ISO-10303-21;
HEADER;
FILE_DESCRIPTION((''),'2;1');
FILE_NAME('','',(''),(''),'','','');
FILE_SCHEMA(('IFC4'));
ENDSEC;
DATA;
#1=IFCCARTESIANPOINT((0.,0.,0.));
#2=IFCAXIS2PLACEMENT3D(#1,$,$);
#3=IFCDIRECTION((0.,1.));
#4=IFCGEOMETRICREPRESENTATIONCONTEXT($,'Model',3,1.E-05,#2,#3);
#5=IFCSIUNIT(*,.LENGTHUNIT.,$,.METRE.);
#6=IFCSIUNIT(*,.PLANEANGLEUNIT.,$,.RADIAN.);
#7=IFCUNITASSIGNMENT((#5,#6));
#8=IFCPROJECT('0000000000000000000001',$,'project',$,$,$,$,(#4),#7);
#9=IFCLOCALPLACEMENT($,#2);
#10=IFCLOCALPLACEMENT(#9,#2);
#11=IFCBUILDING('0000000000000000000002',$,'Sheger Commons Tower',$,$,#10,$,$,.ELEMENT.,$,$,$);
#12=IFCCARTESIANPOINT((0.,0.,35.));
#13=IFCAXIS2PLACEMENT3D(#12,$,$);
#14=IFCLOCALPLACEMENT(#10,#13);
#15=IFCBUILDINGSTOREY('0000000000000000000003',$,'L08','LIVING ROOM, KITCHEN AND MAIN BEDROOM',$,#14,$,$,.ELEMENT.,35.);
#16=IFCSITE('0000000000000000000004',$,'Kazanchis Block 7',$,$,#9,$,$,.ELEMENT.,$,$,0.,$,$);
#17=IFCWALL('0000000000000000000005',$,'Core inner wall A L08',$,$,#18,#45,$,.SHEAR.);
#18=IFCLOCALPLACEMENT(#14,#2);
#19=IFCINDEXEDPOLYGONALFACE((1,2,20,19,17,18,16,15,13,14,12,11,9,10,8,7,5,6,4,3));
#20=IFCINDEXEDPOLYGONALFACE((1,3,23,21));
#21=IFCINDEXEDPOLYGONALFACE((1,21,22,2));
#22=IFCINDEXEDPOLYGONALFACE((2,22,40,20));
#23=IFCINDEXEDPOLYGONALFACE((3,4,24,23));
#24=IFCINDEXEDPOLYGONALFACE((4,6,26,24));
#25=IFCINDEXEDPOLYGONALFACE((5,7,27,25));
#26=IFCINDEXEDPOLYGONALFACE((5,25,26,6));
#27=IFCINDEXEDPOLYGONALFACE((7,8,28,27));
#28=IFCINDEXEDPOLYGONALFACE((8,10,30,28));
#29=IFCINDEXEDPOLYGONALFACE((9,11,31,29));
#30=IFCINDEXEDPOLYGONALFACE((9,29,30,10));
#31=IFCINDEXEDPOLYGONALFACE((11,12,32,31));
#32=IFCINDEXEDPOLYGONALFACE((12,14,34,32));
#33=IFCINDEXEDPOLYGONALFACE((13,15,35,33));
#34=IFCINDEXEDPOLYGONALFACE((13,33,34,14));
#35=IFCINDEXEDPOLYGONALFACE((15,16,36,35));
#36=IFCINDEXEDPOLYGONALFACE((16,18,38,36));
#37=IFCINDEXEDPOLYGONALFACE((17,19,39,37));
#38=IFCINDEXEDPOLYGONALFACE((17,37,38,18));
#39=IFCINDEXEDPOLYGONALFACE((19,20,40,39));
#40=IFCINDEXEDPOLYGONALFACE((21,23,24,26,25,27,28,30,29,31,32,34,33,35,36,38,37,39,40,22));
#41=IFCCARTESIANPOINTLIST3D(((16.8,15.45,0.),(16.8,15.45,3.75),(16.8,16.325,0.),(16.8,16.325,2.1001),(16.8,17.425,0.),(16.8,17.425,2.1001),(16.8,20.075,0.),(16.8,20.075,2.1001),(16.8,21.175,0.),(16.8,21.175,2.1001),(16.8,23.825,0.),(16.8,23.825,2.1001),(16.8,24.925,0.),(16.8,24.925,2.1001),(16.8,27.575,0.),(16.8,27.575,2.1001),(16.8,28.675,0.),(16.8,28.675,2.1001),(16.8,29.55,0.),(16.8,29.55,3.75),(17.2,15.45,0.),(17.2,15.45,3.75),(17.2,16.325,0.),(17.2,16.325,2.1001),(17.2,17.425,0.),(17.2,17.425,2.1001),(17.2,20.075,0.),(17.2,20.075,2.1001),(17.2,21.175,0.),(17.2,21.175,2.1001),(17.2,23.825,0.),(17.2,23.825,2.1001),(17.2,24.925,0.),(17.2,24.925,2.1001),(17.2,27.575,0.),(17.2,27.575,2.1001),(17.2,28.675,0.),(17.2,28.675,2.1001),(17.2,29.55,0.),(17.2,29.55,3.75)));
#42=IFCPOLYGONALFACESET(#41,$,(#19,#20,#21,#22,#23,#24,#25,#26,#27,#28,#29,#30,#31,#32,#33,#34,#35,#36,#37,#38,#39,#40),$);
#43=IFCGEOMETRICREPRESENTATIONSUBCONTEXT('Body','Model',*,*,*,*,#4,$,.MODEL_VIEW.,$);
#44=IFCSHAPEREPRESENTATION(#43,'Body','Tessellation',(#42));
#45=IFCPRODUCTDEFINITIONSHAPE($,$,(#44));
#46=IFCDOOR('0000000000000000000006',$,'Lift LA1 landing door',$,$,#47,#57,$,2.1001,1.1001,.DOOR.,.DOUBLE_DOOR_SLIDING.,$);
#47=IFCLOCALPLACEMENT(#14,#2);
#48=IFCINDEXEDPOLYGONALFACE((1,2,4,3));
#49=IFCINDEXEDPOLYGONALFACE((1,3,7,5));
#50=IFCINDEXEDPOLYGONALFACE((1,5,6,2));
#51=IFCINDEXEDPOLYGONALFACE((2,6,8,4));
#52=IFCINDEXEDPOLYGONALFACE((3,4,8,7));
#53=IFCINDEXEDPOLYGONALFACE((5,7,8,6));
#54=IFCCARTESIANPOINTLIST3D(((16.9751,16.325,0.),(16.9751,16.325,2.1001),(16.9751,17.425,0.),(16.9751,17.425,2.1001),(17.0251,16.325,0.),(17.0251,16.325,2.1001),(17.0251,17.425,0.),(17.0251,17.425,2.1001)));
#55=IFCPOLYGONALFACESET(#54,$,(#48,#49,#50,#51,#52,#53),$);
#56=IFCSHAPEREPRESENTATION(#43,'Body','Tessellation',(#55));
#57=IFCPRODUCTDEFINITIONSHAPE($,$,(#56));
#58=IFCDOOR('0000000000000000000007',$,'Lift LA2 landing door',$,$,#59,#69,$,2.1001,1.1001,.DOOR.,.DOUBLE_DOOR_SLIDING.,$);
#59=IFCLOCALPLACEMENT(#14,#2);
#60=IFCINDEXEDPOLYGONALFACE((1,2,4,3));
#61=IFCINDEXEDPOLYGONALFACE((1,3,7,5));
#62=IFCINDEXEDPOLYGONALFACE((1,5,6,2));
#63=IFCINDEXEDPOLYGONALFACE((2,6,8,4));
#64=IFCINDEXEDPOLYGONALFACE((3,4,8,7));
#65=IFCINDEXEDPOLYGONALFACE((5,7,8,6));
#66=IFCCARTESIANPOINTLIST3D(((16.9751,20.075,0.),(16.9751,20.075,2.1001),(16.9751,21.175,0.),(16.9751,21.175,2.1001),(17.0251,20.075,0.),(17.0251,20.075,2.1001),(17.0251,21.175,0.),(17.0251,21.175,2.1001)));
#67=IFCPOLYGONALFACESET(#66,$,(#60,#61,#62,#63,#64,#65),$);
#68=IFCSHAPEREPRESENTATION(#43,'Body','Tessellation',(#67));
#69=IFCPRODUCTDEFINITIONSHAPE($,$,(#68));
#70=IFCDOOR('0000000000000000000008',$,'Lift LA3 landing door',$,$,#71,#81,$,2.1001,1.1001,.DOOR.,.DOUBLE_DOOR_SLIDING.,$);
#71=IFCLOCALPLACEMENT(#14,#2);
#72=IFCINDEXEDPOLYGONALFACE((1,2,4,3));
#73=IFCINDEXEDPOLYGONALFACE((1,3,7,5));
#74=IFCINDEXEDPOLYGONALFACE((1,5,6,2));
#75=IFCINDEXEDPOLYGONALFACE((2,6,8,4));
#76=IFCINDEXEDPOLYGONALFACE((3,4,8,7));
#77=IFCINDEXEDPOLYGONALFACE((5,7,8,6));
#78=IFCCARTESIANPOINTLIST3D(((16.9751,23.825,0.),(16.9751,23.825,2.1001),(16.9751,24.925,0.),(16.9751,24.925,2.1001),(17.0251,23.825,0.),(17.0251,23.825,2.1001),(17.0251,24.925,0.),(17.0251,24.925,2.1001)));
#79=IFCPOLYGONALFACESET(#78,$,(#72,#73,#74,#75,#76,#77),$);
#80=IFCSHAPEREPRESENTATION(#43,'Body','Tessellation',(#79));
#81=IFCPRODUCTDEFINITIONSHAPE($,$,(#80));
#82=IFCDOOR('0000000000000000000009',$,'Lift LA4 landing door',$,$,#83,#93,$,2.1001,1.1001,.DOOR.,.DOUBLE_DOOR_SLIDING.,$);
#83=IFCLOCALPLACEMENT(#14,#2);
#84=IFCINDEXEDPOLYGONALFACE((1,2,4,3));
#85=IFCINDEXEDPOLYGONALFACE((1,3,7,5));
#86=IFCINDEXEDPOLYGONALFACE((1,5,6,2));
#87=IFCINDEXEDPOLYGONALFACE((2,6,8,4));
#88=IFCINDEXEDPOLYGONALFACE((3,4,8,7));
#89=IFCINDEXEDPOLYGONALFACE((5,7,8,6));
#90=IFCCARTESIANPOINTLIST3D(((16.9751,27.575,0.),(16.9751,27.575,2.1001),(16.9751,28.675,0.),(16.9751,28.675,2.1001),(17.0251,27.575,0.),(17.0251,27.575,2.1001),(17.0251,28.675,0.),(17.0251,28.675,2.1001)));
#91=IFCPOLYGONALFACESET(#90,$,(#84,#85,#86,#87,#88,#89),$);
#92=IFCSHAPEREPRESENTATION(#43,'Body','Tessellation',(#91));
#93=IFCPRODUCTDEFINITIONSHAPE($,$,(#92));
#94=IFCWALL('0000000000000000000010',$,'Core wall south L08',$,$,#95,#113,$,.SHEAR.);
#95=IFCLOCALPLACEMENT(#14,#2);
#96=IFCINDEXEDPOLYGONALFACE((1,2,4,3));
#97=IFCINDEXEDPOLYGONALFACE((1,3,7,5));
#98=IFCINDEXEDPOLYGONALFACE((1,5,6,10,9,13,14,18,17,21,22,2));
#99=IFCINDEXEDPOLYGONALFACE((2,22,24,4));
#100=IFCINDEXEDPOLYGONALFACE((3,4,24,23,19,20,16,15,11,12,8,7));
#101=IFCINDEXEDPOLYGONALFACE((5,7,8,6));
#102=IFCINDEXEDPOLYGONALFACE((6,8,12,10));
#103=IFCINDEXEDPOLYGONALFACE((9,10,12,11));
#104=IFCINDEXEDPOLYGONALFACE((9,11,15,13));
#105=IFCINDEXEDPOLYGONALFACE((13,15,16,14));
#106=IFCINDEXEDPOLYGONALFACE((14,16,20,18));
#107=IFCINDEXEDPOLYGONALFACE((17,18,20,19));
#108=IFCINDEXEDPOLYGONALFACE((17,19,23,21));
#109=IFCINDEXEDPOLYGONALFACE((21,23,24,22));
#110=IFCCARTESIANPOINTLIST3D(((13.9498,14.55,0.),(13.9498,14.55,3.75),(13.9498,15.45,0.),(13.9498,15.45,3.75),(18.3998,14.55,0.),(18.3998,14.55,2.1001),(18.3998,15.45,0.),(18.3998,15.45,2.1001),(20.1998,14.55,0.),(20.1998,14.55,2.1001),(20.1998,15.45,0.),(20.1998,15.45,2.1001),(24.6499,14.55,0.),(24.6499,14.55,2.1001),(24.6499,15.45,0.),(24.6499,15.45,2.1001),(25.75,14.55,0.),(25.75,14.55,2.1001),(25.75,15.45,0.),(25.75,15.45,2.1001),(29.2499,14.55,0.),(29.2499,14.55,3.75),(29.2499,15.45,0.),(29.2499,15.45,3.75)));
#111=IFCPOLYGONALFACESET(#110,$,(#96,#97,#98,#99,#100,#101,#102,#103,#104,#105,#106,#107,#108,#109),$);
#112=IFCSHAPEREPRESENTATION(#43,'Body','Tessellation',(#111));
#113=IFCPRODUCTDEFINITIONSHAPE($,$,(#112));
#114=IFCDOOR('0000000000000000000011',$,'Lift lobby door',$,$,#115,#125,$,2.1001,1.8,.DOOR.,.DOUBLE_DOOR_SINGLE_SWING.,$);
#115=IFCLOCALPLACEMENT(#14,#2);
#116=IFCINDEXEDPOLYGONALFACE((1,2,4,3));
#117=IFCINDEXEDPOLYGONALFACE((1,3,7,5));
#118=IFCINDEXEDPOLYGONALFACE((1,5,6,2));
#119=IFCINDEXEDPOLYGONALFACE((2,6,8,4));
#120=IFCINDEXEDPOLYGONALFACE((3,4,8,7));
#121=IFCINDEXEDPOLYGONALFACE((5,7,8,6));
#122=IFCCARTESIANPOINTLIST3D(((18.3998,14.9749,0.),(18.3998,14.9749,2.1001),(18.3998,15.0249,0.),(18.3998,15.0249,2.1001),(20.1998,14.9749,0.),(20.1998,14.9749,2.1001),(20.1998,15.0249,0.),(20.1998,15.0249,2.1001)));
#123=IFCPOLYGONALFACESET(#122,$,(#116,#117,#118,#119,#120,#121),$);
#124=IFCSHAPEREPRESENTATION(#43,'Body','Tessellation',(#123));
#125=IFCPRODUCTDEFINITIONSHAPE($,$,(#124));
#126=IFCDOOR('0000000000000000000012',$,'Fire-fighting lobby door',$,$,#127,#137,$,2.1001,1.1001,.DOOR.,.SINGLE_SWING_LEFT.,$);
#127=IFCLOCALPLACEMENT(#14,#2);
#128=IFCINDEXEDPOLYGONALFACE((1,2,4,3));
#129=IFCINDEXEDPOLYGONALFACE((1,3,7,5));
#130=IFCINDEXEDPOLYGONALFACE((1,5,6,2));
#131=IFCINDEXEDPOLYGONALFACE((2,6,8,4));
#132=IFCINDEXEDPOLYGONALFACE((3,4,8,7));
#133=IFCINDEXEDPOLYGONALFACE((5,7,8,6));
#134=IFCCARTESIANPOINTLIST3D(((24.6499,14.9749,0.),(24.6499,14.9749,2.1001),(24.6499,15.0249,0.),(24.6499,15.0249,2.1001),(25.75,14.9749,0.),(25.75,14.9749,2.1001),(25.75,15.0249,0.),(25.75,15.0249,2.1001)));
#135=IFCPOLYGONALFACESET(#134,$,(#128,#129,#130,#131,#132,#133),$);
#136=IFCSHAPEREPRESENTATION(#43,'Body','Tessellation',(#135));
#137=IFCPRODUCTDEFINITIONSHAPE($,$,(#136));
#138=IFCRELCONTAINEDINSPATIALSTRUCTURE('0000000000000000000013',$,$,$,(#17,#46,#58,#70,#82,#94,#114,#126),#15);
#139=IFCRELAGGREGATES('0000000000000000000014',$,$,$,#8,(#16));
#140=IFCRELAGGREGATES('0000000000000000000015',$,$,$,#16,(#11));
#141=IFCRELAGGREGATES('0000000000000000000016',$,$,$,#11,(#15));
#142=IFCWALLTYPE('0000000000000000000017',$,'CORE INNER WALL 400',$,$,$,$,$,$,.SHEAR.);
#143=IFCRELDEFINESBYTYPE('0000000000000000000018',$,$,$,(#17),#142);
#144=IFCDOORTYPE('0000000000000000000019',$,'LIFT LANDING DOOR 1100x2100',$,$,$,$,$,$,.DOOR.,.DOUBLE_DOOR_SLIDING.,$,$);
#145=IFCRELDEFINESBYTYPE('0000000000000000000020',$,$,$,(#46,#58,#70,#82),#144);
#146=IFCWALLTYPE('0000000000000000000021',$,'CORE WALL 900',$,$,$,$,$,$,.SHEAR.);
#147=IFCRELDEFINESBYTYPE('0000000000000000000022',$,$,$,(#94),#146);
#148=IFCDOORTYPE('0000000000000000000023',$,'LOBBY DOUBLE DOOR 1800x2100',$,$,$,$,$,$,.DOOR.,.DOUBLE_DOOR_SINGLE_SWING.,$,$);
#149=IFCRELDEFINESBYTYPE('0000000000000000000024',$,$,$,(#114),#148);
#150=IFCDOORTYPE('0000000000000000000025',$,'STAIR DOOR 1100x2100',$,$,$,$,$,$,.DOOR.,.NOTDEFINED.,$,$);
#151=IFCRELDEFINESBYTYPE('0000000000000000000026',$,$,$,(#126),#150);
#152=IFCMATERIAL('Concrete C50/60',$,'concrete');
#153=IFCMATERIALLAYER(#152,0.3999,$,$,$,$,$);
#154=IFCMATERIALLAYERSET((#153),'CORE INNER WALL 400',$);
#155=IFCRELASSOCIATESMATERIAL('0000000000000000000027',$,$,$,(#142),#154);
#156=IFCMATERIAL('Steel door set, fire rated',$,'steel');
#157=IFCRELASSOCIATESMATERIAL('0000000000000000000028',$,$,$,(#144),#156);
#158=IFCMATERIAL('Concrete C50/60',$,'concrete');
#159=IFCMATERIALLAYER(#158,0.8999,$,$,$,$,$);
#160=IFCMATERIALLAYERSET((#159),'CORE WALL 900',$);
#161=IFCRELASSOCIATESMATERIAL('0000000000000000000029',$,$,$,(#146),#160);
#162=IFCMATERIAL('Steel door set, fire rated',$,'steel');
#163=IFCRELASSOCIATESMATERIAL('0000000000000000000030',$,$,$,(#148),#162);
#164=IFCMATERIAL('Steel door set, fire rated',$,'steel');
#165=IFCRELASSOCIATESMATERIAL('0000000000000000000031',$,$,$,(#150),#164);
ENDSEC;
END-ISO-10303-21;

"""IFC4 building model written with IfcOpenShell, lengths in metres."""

from ifc_helpers import new_model, si_unit, direction, frame, frame_2d, origin, place, context, subcontext, project, spatial, rectangle, extrude, material, layer, layer_set, type_object, element, fill, save


model = new_model("IFC4")

# Units and contexts
model_context = context("Model", 3, precision=1e-05, world=origin(), true_north=direction((0.0, 1.0)))
body_context = subcontext(model_context, "Body", "Model", "MODEL_VIEW")
ifc_project = project(units=[si_unit("LENGTHUNIT", "METRE"), si_unit("PLANEANGLEUNIT", "RADIAN")], contexts=[model_context])

# Site, building, storey
site_placement = place(None, origin())
site = spatial("IfcSite", under=ifc_project, at=site_placement, Name="Kazanchis Block 7", CompositionType="ELEMENT", RefElevation=0.0)
building_placement = place(site_placement, origin())
building = spatial("IfcBuilding", under=site, at=building_placement, Name="Sheger Commons Tower", CompositionType="ELEMENT")
storey_placement = place(building_placement, frame((0.0, 0.0, 35.0)))
storey = spatial("IfcBuildingStorey", under=building, at=storey_placement, Name="L08", Description="LIVING ROOM, KITCHEN AND MAIN BEDROOM", CompositionType="ELEMENT", Elevation=35.0)

# Walls, openings, doors
ifc_material_1 = material(Name="Concrete C50/60", Category="concrete")
ifc_layer_1 = layer(ifc_material_1, 0.3999)
ifc_layer_set_1 = layer_set([ifc_layer_1], Name="CORE INNER WALL 400")
wall_type_1 = type_object("IfcWallType", Name="CORE INNER WALL 400", PredefinedType="SHEAR", material=ifc_layer_set_1)
wall_1_placement = place(storey_placement, frame((17.0, 15.45, 0.0), z_axis=(0.0, 0.0, 1.0), x_axis=(0.0, 1.0, 0.0)))
wall_1 = element("IfcWall", 1, at=wall_1_placement, inside=storey, type_object=wall_type_1, Name="Core inner wall A L08", PredefinedType="SHEAR", context=body_context, shape_type="SweptSolid", body=[
    extrude(rectangle(XDim=14.1001, YDim=0.3999, at=frame_2d((7.05, 0.0))), origin(), (0.0, 0.0, 1.0), 3.75),
])
opening_1_placement = place(wall_1_placement, frame((0.875, 0.0, 0.0)))
opening_1 = element("IfcOpeningElement", 2, at=opening_1_placement, cuts=wall_1, PredefinedType="OPENING", context=body_context, shape_type="SweptSolid", body=[
    extrude(rectangle(XDim=1.1001, YDim=2.1001, at=frame_2d((0.55, 1.05))), frame((0.0, 0.21, 0.0), z_axis=(0.0, -1.0, 0.0), x_axis=(1.0, 0.0, 0.0)), (0.0, 0.0, 1.0), 0.4199),
])
opening_2_placement = place(wall_1_placement, frame((4.625, 0.0, 0.0)))
opening_2 = element("IfcOpeningElement", 3, at=opening_2_placement, cuts=wall_1, PredefinedType="OPENING", context=body_context, shape_type="SweptSolid", body=[
    extrude(rectangle(XDim=1.1001, YDim=2.1001, at=frame_2d((0.55, 1.05))), frame((0.0, 0.21, 0.0), z_axis=(0.0, -1.0, 0.0), x_axis=(1.0, 0.0, 0.0)), (0.0, 0.0, 1.0), 0.4199),
])
opening_3_placement = place(wall_1_placement, frame((8.375, 0.0, 0.0)))
opening_3 = element("IfcOpeningElement", 4, at=opening_3_placement, cuts=wall_1, PredefinedType="OPENING", context=body_context, shape_type="SweptSolid", body=[
    extrude(rectangle(XDim=1.1001, YDim=2.1001, at=frame_2d((0.55, 1.05))), frame((0.0, 0.21, 0.0), z_axis=(0.0, -1.0, 0.0), x_axis=(1.0, 0.0, 0.0)), (0.0, 0.0, 1.0), 0.4199),
])
opening_4_placement = place(wall_1_placement, frame((12.125, 0.0, 0.0)))
opening_4 = element("IfcOpeningElement", 5, at=opening_4_placement, cuts=wall_1, PredefinedType="OPENING", context=body_context, shape_type="SweptSolid", body=[
    extrude(rectangle(XDim=1.1001, YDim=2.1001, at=frame_2d((0.55, 1.05))), frame((0.0, 0.21, 0.0), z_axis=(0.0, -1.0, 0.0), x_axis=(1.0, 0.0, 0.0)), (0.0, 0.0, 1.0), 0.4199),
])
ifc_material_2 = material(Name="Steel door set, fire rated", Category="steel")
door_type_1 = type_object("IfcDoorType", Name="LIFT LANDING DOOR 1100x2100", OperationType="DOUBLE_DOOR_SLIDING", PredefinedType="DOOR", material=ifc_material_2)
door_1_placement = place(opening_1_placement, origin())
door_1 = element("IfcDoor", 6, at=door_1_placement, inside=storey, type_object=door_type_1, Name="Lift LA1 landing door", OperationType="DOUBLE_DOOR_SLIDING", OverallHeight=2.1001, OverallWidth=1.1001, PredefinedType="DOOR", context=body_context, shape_type="SweptSolid", body=[
    extrude(rectangle(XDim=1.1001, YDim=2.1001, at=frame_2d((0.55, 1.05))), frame((0.0, 0.0249, 0.0), z_axis=(0.0, -1.0, 0.0), x_axis=(1.0, 0.0, 0.0)), (0.0, 0.0, 1.0), 0.05),
])
fill(opening_1, door_1)
door_2_placement = place(opening_2_placement, origin())
door_2 = element("IfcDoor", 7, at=door_2_placement, inside=storey, type_object=door_type_1, Name="Lift LA2 landing door", OperationType="DOUBLE_DOOR_SLIDING", OverallHeight=2.1001, OverallWidth=1.1001, PredefinedType="DOOR", context=body_context, shape_type="SweptSolid", body=[
    extrude(rectangle(XDim=1.1001, YDim=2.1001, at=frame_2d((0.55, 1.05))), frame((0.0, 0.0249, 0.0), z_axis=(0.0, -1.0, 0.0), x_axis=(1.0, 0.0, 0.0)), (0.0, 0.0, 1.0), 0.05),
])
fill(opening_2, door_2)
door_3_placement = place(opening_3_placement, origin())
door_3 = element("IfcDoor", 8, at=door_3_placement, inside=storey, type_object=door_type_1, Name="Lift LA3 landing door", OperationType="DOUBLE_DOOR_SLIDING", OverallHeight=2.1001, OverallWidth=1.1001, PredefinedType="DOOR", context=body_context, shape_type="SweptSolid", body=[
    extrude(rectangle(XDim=1.1001, YDim=2.1001, at=frame_2d((0.55, 1.05))), frame((0.0, 0.0249, 0.0), z_axis=(0.0, -1.0, 0.0), x_axis=(1.0, 0.0, 0.0)), (0.0, 0.0, 1.0), 0.05),
])
fill(opening_3, door_3)
door_4_placement = place(opening_4_placement, origin())
door_4 = element("IfcDoor", 9, at=door_4_placement, inside=storey, type_object=door_type_1, Name="Lift LA4 landing door", OperationType="DOUBLE_DOOR_SLIDING", OverallHeight=2.1001, OverallWidth=1.1001, PredefinedType="DOOR", context=body_context, shape_type="SweptSolid", body=[
    extrude(rectangle(XDim=1.1001, YDim=2.1001, at=frame_2d((0.55, 1.05))), frame((0.0, 0.0249, 0.0), z_axis=(0.0, -1.0, 0.0), x_axis=(1.0, 0.0, 0.0)), (0.0, 0.0, 1.0), 0.05),
])
fill(opening_4, door_4)
ifc_material_3 = material(Name="Concrete C50/60", Category="concrete")
ifc_layer_2 = layer(ifc_material_3, 0.8999)
ifc_layer_set_2 = layer_set([ifc_layer_2], Name="CORE WALL 900")
wall_type_2 = type_object("IfcWallType", Name="CORE WALL 900", PredefinedType="SHEAR", material=ifc_layer_set_2)
wall_2_placement = place(storey_placement, frame((13.95, 15.0, 0.0), z_axis=(0.0, 0.0, 1.0), x_axis=(1.0, 0.0, 0.0)))
wall_2 = element("IfcWall", 10, at=wall_2_placement, inside=storey, type_object=wall_type_2, Name="Core wall south L08", PredefinedType="SHEAR", context=body_context, shape_type="SweptSolid", body=[
    extrude(rectangle(XDim=15.3, YDim=0.8999, at=frame_2d((7.6499, 0.0))), origin(), (0.0, 0.0, 1.0), 3.75),
])
opening_5_placement = place(wall_2_placement, frame((4.45, 0.0, 0.0)))
opening_5 = element("IfcOpeningElement", 11, at=opening_5_placement, cuts=wall_2, PredefinedType="OPENING", context=body_context, shape_type="SweptSolid", body=[
    extrude(rectangle(XDim=1.8, YDim=2.1001, at=frame_2d((0.8999, 1.05))), frame((0.0, 0.46, 0.0), z_axis=(0.0, -1.0, 0.0), x_axis=(1.0, 0.0, 0.0)), (0.0, 0.0, 1.0), 0.9199),
])
opening_6_placement = place(wall_2_placement, frame((10.7, 0.0, 0.0)))
opening_6 = element("IfcOpeningElement", 12, at=opening_6_placement, cuts=wall_2, PredefinedType="OPENING", context=body_context, shape_type="SweptSolid", body=[
    extrude(rectangle(XDim=1.1001, YDim=2.1001, at=frame_2d((0.55, 1.05))), frame((0.0, 0.46, 0.0), z_axis=(0.0, -1.0, 0.0), x_axis=(1.0, 0.0, 0.0)), (0.0, 0.0, 1.0), 0.9199),
])
ifc_material_4 = material(Name="Steel door set, fire rated", Category="steel")
door_type_2 = type_object("IfcDoorType", Name="LOBBY DOUBLE DOOR 1800x2100", OperationType="DOUBLE_DOOR_SINGLE_SWING", PredefinedType="DOOR", material=ifc_material_4)
door_5_placement = place(opening_5_placement, origin())
door_5 = element("IfcDoor", 13, at=door_5_placement, inside=storey, type_object=door_type_2, Name="Lift lobby door", OperationType="DOUBLE_DOOR_SINGLE_SWING", OverallHeight=2.1001, OverallWidth=1.8, PredefinedType="DOOR", context=body_context, shape_type="SweptSolid", body=[
    extrude(rectangle(XDim=1.8, YDim=2.1001, at=frame_2d((0.8999, 1.05))), frame((0.0, 0.0249, 0.0), z_axis=(0.0, -1.0, 0.0), x_axis=(1.0, 0.0, 0.0)), (0.0, 0.0, 1.0), 0.05),
])
fill(opening_5, door_5)
ifc_material_5 = material(Name="Steel door set, fire rated", Category="steel")
door_type_3 = type_object("IfcDoorType", Name="STAIR DOOR 1100x2100", OperationType="NOTDEFINED", PredefinedType="DOOR", material=ifc_material_5)
door_6_placement = place(opening_6_placement, origin())
door_6 = element("IfcDoor", 14, at=door_6_placement, inside=storey, type_object=door_type_3, Name="Fire-fighting lobby door", OperationType="SINGLE_SWING_LEFT", OverallHeight=2.1001, OverallWidth=1.1001, PredefinedType="DOOR", context=body_context, shape_type="SweptSolid", body=[
    extrude(rectangle(XDim=1.1001, YDim=2.1001, at=frame_2d((0.55, 1.05))), frame((0.0, 0.0249, 0.0), z_axis=(0.0, -1.0, 0.0), x_axis=(1.0, 0.0, 0.0)), (0.0, 0.0, 1.0), 0.05),
])
fill(opening_6, door_6)

save(model, "model.ifc")
